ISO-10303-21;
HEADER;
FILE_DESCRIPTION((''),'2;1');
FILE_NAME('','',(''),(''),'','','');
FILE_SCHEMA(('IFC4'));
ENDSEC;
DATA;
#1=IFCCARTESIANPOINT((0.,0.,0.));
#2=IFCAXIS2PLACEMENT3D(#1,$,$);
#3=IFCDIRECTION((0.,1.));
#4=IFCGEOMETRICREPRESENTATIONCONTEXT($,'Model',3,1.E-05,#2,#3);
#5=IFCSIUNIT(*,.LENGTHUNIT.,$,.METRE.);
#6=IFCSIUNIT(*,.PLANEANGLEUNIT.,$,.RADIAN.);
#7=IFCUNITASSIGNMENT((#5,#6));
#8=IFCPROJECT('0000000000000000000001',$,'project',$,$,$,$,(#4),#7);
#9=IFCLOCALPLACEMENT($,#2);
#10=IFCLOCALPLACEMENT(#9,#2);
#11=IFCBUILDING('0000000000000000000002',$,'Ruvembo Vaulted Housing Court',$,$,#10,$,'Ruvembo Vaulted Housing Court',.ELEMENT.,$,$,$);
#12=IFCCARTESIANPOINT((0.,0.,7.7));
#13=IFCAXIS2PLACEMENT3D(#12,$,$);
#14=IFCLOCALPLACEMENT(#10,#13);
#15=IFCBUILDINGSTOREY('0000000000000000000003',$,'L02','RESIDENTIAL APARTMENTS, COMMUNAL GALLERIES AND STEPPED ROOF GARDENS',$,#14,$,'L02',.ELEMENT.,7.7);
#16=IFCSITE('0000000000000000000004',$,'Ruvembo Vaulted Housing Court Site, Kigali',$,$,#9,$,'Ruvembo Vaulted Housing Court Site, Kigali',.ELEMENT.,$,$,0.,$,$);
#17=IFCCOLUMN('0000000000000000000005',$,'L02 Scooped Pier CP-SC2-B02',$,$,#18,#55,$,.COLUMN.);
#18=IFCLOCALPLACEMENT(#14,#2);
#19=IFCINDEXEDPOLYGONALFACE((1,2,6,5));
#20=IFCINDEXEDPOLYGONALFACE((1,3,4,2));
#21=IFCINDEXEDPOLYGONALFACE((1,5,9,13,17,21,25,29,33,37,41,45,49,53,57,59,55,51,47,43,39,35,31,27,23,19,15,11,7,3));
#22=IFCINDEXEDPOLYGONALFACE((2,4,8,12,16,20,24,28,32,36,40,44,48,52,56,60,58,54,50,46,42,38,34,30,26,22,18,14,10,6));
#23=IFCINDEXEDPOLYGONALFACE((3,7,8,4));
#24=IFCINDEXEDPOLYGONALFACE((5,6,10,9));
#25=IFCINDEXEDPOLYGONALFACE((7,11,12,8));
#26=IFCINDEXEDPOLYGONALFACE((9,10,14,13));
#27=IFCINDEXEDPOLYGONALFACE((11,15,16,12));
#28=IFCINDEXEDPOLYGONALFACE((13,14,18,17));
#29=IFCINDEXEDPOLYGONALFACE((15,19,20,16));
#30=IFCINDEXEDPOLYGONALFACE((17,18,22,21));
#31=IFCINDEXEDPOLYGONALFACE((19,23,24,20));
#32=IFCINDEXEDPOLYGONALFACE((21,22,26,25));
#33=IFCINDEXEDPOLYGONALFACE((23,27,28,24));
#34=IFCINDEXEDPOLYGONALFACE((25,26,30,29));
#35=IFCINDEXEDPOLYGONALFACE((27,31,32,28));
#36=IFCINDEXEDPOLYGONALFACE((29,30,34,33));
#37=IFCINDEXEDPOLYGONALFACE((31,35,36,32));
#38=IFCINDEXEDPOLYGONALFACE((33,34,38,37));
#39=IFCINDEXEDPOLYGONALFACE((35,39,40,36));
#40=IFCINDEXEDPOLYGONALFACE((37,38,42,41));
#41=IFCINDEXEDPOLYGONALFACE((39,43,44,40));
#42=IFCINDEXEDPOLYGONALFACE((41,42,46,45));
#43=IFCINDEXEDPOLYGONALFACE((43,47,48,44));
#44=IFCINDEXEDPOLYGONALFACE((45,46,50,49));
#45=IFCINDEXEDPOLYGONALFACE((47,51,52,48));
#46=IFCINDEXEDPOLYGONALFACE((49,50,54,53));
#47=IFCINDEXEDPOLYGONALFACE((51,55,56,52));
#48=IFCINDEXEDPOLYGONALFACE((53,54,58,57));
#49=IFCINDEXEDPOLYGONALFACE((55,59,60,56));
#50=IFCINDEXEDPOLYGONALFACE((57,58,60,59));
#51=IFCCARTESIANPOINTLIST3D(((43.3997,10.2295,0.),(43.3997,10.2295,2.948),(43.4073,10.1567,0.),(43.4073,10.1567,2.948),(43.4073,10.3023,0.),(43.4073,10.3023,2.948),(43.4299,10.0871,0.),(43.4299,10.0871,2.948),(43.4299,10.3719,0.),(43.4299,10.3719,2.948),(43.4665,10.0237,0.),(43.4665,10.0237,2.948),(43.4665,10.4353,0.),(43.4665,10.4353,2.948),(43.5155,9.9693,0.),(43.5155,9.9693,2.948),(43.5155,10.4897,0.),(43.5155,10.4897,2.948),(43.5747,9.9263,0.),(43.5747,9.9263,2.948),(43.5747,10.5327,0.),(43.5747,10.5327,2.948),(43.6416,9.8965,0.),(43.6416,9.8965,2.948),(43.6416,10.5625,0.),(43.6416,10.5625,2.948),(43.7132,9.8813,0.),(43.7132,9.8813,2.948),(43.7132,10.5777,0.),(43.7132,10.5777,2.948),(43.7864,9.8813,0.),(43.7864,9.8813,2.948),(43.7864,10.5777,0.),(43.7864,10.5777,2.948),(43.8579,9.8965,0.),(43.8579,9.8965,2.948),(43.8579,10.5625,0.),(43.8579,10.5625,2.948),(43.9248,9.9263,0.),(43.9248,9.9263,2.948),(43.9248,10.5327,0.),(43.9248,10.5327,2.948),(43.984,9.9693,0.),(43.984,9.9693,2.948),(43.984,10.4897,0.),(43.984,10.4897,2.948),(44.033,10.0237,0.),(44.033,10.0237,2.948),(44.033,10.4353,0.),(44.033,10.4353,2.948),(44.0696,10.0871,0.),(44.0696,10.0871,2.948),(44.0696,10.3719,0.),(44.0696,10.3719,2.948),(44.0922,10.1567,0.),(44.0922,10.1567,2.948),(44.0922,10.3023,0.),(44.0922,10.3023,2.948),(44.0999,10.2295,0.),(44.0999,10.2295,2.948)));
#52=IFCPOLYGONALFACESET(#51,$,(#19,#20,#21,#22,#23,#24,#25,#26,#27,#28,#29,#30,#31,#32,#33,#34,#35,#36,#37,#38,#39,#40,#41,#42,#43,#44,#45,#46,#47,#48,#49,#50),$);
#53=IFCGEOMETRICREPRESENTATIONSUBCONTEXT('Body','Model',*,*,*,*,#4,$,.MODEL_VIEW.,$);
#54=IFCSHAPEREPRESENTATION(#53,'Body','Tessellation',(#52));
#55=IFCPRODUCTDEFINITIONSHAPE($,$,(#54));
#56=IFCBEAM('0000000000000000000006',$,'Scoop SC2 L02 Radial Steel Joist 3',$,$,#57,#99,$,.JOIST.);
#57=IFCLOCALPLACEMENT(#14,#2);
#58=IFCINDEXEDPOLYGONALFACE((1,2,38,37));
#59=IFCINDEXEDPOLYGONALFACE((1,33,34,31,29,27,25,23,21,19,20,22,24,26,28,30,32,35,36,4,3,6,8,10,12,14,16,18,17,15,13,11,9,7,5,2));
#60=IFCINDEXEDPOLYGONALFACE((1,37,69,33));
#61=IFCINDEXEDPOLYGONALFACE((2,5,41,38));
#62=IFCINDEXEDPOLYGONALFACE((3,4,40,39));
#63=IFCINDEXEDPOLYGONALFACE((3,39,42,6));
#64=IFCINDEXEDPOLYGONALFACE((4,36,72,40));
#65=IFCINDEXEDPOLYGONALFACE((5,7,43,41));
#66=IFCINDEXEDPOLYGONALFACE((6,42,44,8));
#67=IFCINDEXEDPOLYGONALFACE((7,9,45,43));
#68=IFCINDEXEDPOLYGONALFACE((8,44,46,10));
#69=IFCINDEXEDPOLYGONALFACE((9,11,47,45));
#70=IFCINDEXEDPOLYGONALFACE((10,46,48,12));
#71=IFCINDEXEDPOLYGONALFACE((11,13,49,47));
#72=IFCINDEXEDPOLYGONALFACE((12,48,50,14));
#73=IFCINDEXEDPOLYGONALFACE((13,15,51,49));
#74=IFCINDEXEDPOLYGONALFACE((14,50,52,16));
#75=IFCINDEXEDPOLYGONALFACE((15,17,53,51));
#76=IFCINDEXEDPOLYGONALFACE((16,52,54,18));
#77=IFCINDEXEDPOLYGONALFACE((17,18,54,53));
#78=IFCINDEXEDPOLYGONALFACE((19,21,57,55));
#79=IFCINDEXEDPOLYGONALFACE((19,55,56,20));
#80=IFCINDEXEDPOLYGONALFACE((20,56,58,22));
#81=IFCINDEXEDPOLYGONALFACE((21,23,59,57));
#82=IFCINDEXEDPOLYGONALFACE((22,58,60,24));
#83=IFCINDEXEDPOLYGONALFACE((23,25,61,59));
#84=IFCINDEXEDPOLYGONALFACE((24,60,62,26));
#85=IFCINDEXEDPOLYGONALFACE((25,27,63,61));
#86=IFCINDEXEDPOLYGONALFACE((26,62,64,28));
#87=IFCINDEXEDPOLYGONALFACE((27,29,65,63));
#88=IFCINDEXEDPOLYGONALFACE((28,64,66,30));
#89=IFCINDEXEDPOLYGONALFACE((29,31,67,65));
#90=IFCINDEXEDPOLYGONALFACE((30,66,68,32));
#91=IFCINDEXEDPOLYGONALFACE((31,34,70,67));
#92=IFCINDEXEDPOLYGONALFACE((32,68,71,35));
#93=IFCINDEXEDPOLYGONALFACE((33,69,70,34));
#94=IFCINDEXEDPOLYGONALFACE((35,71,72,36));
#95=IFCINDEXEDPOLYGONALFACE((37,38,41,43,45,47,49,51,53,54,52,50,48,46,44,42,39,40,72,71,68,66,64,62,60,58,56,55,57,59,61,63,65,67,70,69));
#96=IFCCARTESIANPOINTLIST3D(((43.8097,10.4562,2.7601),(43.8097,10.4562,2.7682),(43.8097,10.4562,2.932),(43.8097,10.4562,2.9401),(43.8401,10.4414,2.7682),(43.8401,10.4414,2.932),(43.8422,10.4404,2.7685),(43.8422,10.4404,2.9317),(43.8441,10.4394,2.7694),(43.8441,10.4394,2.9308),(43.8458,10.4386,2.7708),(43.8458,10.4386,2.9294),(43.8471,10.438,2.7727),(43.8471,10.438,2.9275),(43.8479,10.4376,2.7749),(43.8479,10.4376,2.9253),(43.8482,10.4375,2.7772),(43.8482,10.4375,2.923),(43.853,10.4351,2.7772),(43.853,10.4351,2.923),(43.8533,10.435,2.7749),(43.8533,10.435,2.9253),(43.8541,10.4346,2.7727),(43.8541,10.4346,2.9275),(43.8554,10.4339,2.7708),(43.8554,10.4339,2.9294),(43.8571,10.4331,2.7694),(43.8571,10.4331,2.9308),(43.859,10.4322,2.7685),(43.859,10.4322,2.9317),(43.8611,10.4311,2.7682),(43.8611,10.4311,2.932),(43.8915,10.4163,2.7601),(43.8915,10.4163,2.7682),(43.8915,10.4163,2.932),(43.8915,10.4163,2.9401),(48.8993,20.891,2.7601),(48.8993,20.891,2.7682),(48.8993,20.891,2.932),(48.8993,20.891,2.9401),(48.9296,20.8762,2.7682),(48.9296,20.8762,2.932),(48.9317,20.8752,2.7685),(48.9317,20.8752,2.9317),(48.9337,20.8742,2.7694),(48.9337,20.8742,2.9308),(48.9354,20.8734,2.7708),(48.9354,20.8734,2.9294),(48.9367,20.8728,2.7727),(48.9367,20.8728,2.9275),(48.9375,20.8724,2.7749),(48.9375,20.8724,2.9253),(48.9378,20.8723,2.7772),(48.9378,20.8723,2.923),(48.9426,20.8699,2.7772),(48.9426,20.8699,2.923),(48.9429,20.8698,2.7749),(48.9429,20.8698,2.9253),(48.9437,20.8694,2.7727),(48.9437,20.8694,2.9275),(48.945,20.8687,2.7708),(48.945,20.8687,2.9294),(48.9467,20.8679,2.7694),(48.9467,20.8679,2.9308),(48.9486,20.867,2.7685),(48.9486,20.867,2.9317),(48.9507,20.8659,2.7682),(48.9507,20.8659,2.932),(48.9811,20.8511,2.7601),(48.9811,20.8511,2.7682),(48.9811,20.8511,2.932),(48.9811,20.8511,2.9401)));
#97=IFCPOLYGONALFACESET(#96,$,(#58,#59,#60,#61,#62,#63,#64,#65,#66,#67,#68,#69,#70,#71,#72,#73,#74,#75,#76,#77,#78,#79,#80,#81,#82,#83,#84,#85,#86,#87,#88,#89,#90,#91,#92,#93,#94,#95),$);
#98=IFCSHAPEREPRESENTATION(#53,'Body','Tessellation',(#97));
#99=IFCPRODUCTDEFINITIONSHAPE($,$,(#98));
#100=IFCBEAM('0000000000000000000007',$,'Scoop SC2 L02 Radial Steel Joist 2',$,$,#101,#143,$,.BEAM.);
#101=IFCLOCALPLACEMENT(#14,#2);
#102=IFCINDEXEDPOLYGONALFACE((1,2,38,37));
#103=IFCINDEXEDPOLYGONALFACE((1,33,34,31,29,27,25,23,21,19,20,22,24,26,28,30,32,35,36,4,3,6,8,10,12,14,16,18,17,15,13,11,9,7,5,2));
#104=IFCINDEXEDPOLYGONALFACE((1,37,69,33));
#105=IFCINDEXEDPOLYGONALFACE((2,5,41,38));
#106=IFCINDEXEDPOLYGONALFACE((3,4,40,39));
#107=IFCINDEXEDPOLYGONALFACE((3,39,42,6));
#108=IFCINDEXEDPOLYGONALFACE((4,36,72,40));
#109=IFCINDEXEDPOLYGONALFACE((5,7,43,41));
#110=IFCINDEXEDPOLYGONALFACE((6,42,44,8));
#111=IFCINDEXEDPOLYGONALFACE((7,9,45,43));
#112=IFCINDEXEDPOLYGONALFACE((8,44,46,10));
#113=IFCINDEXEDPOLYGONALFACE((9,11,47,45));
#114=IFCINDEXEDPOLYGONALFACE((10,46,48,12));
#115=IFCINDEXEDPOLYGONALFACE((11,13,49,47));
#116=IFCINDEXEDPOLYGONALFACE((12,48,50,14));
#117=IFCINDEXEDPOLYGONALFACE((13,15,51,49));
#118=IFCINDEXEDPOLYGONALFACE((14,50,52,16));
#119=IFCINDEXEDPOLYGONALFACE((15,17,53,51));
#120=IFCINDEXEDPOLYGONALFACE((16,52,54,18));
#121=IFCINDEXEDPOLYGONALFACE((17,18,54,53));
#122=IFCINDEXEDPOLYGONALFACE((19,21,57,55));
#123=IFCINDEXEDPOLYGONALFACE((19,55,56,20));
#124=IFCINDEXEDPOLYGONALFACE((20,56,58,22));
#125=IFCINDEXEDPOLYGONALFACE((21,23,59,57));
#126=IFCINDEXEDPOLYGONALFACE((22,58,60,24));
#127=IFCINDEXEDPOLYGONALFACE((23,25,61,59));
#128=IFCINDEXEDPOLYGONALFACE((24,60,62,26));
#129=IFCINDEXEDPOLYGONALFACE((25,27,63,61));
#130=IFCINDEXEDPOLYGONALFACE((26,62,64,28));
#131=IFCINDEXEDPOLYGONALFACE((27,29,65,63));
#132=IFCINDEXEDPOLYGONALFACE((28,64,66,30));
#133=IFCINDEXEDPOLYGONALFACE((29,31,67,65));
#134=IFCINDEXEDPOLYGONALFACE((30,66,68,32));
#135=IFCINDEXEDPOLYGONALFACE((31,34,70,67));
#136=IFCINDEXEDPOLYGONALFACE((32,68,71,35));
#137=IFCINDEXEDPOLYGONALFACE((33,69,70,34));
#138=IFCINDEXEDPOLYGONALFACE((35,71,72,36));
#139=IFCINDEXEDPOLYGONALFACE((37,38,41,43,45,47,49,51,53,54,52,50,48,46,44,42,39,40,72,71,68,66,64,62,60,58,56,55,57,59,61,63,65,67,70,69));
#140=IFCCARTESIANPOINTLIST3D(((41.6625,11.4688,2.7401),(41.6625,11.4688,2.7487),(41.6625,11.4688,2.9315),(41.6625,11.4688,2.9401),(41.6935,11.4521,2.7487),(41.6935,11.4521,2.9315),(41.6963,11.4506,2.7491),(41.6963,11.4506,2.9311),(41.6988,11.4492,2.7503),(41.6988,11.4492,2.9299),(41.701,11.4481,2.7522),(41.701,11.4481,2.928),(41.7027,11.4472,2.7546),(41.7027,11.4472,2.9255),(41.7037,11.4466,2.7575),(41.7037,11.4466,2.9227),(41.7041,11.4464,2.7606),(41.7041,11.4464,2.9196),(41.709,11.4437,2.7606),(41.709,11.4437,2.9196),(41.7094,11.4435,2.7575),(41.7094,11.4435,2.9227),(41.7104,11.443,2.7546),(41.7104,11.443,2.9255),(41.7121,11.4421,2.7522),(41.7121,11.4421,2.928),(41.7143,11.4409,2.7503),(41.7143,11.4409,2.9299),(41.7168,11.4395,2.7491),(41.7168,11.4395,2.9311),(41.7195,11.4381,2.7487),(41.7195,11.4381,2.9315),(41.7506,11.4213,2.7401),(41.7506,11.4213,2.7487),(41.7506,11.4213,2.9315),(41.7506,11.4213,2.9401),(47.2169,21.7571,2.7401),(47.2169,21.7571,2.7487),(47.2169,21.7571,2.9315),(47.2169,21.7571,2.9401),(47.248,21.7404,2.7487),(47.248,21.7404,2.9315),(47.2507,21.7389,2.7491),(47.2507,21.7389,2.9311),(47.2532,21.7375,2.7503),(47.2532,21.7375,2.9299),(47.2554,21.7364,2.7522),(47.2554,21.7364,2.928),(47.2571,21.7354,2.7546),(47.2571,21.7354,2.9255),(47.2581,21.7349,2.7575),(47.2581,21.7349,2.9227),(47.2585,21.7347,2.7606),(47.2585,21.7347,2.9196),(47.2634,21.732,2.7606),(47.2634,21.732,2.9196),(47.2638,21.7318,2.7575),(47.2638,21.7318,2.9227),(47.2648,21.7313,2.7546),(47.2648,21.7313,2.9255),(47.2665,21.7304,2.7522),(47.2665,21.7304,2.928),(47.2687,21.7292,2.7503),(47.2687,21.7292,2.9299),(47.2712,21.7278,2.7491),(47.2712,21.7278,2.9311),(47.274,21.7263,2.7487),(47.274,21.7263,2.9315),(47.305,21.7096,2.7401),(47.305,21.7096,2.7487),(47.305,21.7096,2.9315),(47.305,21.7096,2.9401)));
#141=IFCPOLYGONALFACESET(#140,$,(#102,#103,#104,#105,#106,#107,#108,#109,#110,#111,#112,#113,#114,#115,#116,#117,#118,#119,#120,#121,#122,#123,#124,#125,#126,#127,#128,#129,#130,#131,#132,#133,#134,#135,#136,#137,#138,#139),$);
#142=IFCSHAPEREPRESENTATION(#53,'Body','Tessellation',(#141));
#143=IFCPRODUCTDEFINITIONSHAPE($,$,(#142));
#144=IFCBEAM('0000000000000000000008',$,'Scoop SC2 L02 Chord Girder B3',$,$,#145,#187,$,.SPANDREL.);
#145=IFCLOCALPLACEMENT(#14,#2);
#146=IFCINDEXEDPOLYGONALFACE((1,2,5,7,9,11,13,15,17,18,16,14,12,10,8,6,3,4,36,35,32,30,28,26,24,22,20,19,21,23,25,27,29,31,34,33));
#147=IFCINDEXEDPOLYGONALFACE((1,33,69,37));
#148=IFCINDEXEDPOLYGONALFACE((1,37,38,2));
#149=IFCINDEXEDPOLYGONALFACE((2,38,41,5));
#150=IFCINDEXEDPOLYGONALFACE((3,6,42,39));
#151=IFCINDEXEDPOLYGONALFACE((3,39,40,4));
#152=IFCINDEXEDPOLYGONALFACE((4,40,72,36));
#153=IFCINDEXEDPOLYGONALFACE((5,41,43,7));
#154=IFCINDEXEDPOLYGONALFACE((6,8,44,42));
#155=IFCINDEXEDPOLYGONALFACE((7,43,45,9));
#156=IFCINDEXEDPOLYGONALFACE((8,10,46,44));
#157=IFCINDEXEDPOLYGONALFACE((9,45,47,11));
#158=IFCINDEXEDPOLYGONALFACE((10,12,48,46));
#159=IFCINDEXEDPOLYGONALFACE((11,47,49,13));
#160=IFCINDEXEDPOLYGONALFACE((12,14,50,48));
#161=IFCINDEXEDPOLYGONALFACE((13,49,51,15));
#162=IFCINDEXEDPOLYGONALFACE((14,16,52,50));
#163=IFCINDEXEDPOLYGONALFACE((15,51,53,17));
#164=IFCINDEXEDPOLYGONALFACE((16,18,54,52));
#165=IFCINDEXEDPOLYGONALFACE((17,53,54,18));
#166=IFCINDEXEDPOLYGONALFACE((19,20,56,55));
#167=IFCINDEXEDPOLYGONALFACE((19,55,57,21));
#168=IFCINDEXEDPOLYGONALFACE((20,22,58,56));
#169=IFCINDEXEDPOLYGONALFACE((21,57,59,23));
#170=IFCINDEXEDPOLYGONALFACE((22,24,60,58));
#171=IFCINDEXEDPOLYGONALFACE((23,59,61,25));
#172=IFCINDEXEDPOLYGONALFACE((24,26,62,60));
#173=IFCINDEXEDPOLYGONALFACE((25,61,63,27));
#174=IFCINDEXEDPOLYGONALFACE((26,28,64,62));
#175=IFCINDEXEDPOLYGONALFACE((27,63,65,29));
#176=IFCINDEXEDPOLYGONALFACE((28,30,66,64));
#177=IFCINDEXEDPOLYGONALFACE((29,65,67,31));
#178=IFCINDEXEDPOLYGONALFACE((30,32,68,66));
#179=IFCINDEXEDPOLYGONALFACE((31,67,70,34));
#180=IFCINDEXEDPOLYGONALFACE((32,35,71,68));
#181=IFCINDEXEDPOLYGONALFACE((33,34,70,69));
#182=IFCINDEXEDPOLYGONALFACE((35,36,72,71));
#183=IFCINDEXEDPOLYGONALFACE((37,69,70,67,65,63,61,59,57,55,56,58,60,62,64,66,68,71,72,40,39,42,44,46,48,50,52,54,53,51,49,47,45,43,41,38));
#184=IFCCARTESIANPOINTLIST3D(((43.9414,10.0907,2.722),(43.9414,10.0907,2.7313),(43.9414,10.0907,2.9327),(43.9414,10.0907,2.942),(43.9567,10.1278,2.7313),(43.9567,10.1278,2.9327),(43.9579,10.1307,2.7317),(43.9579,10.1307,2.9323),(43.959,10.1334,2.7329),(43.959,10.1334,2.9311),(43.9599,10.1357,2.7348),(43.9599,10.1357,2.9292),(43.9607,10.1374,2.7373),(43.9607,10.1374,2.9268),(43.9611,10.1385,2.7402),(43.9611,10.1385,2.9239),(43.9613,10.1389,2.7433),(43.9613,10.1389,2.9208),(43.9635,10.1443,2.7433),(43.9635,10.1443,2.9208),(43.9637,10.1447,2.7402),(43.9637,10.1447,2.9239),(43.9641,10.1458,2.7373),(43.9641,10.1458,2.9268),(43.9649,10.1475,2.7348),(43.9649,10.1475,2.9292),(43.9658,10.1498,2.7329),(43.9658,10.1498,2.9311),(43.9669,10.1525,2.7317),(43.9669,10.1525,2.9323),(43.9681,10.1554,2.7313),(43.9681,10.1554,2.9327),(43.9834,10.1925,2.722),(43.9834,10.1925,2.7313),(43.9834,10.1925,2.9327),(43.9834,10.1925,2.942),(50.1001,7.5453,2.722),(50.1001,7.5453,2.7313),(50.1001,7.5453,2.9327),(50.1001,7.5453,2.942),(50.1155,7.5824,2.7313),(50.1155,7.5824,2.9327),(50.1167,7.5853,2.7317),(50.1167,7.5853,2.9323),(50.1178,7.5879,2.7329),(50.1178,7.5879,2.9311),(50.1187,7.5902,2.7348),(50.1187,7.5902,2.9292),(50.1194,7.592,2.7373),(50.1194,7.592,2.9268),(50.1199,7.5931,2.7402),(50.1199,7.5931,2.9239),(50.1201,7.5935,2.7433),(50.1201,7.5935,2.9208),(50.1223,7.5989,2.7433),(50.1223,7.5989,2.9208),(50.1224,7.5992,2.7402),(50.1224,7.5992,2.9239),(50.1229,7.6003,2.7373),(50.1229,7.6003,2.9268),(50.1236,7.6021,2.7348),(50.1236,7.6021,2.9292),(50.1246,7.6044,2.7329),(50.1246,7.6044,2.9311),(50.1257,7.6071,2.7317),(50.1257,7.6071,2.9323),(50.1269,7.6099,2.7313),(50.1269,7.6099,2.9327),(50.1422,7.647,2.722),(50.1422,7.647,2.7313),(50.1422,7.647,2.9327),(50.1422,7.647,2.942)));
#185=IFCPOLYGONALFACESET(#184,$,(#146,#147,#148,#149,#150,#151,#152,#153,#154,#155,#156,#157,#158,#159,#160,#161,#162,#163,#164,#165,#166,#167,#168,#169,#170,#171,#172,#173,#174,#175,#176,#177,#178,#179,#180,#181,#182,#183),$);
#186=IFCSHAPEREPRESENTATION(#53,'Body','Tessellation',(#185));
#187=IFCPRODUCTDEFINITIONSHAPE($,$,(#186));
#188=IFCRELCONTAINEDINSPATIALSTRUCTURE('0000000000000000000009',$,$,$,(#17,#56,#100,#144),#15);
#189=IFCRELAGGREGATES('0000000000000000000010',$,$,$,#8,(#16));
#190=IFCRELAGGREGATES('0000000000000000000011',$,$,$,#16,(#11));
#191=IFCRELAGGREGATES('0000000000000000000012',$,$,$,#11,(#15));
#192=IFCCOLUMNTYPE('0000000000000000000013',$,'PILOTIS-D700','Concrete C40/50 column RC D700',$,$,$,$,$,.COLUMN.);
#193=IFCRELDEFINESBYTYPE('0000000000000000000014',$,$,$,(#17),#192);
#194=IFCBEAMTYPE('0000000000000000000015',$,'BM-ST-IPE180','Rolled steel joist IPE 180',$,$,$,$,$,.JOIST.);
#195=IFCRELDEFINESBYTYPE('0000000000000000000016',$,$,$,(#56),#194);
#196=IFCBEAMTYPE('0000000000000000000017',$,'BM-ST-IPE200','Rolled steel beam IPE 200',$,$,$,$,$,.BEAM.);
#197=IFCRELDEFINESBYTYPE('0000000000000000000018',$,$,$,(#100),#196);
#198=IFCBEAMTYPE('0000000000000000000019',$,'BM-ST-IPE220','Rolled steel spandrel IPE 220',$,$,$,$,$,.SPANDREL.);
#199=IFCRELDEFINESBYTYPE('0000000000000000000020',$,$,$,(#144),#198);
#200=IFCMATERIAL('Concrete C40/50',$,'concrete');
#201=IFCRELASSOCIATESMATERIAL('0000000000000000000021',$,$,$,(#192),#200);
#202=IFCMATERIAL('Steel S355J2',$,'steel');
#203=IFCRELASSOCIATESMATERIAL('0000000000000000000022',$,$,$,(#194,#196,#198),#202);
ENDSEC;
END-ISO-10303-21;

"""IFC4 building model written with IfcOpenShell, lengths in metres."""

from ifc_helpers import new_model, si_unit, direction, frame, origin, origin_2d, place, context, subcontext, project, spatial, circle, i_section, extrude, material, material_profile, profile_set, type_object, element, save


model = new_model("IFC4")

# Units and contexts
model_context = context("Model", 3, precision=1e-05, world=origin(), true_north=direction((0.0, 1.0)))
body_context = subcontext(model_context, "Body", "Model", "MODEL_VIEW")
ifc_project = project(units=[si_unit("LENGTHUNIT", "METRE"), si_unit("PLANEANGLEUNIT", "RADIAN")], contexts=[model_context])

# Site, building, storey
site_placement = place(None, origin())
site = spatial("IfcSite", under=ifc_project, at=site_placement, Name="Ruvembo Vaulted Housing Court Site, Kigali", LongName="Ruvembo Vaulted Housing Court Site, Kigali", CompositionType="ELEMENT", RefElevation=0.0)
building_placement = place(site_placement, origin())
building = spatial("IfcBuilding", under=site, at=building_placement, Name="Ruvembo Vaulted Housing Court", LongName="Ruvembo Vaulted Housing Court", CompositionType="ELEMENT")
storey_placement = place(building_placement, frame((0.0, 0.0, 7.7)))
storey = spatial("IfcBuildingStorey", under=building, at=storey_placement, Name="L02", Description="RESIDENTIAL APARTMENTS, COMMUNAL GALLERIES AND STEPPED ROOF GARDENS", LongName="L02", CompositionType="ELEMENT", Elevation=7.7)

# Column
ifc_material_1 = material(Name="Concrete C40/50", Category="concrete")
ifc_material_profile_1 = material_profile(ifc_material_1, circle(Radius=0.3501, at=origin_2d()), Name="RC D700")
ifc_profile_set_1 = profile_set([ifc_material_profile_1], Name="Concrete C40/50")
column_type = type_object("IfcColumnType", Name="PILOTIS-D700", Description="Concrete C40/50 column RC D700", PredefinedType="COLUMN", material=ifc_profile_set_1)
column_placement = place(storey_placement, frame((43.7498, 10.2295, 0.0), z_axis=(0.0, 0.0, 1.0), x_axis=(1.0, 0.0, 0.0)))
element("IfcColumn", 1, at=column_placement, inside=storey, type_object=column_type, Name="L02 Scooped Pier CP-SC2-B02", PredefinedType="COLUMN", context=body_context, shape_type="SweptSolid", body=[
    extrude(circle(Radius=0.3501, at=origin_2d()), origin(), (0.0, 0.0, 1.0), 2.948),
])

# Beams
ifc_material_2 = material(Name="Steel S355J2", Category="steel")
ifc_material_profile_2 = material_profile(ifc_material_2, i_section(OverallWidth=0.0911, OverallDepth=0.1799, WebThickness=0.0054, FlangeThickness=0.0081, FilletRadius=0.009, at=origin_2d()), Name="IPE 180")
ifc_profile_set_2 = profile_set([ifc_material_profile_2], Name="Steel S355J2")
beam_type_1 = type_object("IfcBeamType", Name="BM-ST-IPE180", Description="Rolled steel joist IPE 180", PredefinedType="JOIST", material=ifc_profile_set_2)
beam_1_placement = place(storey_placement, frame((43.8506, 10.4363, 2.8501), z_axis=(0.438385, 0.898787, 0.0), x_axis=(-0.898787, 0.438385, 0.0)))
element("IfcBeam", 2, at=beam_1_placement, inside=storey, type_object=beam_type_1, Name="Scoop SC2 L02 Radial Steel Joist 3", PredefinedType="JOIST", context=body_context, shape_type="SweptSolid", body=[
    extrude(i_section(OverallWidth=0.0911, OverallDepth=0.1799, WebThickness=0.0054, FlangeThickness=0.0081, FilletRadius=0.009, at=origin_2d()), origin(), (0.0, 0.0, 1.0), 11.6099),
])
ifc_material_profile_3 = material_profile(ifc_material_2, i_section(OverallWidth=0.1001, OverallDepth=0.2, WebThickness=0.0056, FlangeThickness=0.0085, FilletRadius=0.012, at=origin_2d()), Name="IPE 200")
ifc_profile_set_3 = profile_set([ifc_material_profile_3], Name="Steel S355J2")
beam_type_2 = type_object("IfcBeamType", Name="BM-ST-IPE200", Description="Rolled steel beam IPE 200", PredefinedType="BEAM", material=ifc_profile_set_3)
beam_2_placement = place(storey_placement, frame((41.7065, 11.4451, 2.8401), z_axis=(0.475066, 0.87995, 0.0), x_axis=(-0.87995, 0.475066, 0.0)))
element("IfcBeam", 3, at=beam_2_placement, inside=storey, type_object=beam_type_2, Name="Scoop SC2 L02 Radial Steel Joist 2", PredefinedType="BEAM", context=body_context, shape_type="SweptSolid", body=[
    extrude(i_section(OverallWidth=0.1001, OverallDepth=0.2, WebThickness=0.0056, FlangeThickness=0.0085, FilletRadius=0.012, at=origin_2d()), origin(), (0.0, 0.0, 1.0), 11.6919),
])
ifc_material_profile_4 = material_profile(ifc_material_2, i_section(OverallWidth=0.1101, OverallDepth=0.22, WebThickness=0.0059, FlangeThickness=0.0093, FilletRadius=0.012, at=origin_2d()), Name="IPE 220")
ifc_profile_set_4 = profile_set([ifc_material_profile_4], Name="Steel S355J2")
beam_type_3 = type_object("IfcBeamType", Name="BM-ST-IPE220", Description="Rolled steel spandrel IPE 220", PredefinedType="SPANDREL", material=ifc_profile_set_4)
beam_3_placement = place(storey_placement, frame((43.9624, 10.1416, 2.832), z_axis=(0.924177, -0.381966, 0.0), x_axis=(0.381966, 0.924177, 0.0)))
element("IfcBeam", 4, at=beam_3_placement, inside=storey, type_object=beam_type_3, Name="Scoop SC2 L02 Chord Girder B3", PredefinedType="SPANDREL", context=body_context, shape_type="SweptSolid", body=[
    extrude(i_section(OverallWidth=0.1101, OverallDepth=0.22, WebThickness=0.0059, FlangeThickness=0.0093, FilletRadius=0.012, at=origin_2d()), origin(), (0.0, 0.0, 1.0), 6.6641),
])

save(model, "model.ifc")
